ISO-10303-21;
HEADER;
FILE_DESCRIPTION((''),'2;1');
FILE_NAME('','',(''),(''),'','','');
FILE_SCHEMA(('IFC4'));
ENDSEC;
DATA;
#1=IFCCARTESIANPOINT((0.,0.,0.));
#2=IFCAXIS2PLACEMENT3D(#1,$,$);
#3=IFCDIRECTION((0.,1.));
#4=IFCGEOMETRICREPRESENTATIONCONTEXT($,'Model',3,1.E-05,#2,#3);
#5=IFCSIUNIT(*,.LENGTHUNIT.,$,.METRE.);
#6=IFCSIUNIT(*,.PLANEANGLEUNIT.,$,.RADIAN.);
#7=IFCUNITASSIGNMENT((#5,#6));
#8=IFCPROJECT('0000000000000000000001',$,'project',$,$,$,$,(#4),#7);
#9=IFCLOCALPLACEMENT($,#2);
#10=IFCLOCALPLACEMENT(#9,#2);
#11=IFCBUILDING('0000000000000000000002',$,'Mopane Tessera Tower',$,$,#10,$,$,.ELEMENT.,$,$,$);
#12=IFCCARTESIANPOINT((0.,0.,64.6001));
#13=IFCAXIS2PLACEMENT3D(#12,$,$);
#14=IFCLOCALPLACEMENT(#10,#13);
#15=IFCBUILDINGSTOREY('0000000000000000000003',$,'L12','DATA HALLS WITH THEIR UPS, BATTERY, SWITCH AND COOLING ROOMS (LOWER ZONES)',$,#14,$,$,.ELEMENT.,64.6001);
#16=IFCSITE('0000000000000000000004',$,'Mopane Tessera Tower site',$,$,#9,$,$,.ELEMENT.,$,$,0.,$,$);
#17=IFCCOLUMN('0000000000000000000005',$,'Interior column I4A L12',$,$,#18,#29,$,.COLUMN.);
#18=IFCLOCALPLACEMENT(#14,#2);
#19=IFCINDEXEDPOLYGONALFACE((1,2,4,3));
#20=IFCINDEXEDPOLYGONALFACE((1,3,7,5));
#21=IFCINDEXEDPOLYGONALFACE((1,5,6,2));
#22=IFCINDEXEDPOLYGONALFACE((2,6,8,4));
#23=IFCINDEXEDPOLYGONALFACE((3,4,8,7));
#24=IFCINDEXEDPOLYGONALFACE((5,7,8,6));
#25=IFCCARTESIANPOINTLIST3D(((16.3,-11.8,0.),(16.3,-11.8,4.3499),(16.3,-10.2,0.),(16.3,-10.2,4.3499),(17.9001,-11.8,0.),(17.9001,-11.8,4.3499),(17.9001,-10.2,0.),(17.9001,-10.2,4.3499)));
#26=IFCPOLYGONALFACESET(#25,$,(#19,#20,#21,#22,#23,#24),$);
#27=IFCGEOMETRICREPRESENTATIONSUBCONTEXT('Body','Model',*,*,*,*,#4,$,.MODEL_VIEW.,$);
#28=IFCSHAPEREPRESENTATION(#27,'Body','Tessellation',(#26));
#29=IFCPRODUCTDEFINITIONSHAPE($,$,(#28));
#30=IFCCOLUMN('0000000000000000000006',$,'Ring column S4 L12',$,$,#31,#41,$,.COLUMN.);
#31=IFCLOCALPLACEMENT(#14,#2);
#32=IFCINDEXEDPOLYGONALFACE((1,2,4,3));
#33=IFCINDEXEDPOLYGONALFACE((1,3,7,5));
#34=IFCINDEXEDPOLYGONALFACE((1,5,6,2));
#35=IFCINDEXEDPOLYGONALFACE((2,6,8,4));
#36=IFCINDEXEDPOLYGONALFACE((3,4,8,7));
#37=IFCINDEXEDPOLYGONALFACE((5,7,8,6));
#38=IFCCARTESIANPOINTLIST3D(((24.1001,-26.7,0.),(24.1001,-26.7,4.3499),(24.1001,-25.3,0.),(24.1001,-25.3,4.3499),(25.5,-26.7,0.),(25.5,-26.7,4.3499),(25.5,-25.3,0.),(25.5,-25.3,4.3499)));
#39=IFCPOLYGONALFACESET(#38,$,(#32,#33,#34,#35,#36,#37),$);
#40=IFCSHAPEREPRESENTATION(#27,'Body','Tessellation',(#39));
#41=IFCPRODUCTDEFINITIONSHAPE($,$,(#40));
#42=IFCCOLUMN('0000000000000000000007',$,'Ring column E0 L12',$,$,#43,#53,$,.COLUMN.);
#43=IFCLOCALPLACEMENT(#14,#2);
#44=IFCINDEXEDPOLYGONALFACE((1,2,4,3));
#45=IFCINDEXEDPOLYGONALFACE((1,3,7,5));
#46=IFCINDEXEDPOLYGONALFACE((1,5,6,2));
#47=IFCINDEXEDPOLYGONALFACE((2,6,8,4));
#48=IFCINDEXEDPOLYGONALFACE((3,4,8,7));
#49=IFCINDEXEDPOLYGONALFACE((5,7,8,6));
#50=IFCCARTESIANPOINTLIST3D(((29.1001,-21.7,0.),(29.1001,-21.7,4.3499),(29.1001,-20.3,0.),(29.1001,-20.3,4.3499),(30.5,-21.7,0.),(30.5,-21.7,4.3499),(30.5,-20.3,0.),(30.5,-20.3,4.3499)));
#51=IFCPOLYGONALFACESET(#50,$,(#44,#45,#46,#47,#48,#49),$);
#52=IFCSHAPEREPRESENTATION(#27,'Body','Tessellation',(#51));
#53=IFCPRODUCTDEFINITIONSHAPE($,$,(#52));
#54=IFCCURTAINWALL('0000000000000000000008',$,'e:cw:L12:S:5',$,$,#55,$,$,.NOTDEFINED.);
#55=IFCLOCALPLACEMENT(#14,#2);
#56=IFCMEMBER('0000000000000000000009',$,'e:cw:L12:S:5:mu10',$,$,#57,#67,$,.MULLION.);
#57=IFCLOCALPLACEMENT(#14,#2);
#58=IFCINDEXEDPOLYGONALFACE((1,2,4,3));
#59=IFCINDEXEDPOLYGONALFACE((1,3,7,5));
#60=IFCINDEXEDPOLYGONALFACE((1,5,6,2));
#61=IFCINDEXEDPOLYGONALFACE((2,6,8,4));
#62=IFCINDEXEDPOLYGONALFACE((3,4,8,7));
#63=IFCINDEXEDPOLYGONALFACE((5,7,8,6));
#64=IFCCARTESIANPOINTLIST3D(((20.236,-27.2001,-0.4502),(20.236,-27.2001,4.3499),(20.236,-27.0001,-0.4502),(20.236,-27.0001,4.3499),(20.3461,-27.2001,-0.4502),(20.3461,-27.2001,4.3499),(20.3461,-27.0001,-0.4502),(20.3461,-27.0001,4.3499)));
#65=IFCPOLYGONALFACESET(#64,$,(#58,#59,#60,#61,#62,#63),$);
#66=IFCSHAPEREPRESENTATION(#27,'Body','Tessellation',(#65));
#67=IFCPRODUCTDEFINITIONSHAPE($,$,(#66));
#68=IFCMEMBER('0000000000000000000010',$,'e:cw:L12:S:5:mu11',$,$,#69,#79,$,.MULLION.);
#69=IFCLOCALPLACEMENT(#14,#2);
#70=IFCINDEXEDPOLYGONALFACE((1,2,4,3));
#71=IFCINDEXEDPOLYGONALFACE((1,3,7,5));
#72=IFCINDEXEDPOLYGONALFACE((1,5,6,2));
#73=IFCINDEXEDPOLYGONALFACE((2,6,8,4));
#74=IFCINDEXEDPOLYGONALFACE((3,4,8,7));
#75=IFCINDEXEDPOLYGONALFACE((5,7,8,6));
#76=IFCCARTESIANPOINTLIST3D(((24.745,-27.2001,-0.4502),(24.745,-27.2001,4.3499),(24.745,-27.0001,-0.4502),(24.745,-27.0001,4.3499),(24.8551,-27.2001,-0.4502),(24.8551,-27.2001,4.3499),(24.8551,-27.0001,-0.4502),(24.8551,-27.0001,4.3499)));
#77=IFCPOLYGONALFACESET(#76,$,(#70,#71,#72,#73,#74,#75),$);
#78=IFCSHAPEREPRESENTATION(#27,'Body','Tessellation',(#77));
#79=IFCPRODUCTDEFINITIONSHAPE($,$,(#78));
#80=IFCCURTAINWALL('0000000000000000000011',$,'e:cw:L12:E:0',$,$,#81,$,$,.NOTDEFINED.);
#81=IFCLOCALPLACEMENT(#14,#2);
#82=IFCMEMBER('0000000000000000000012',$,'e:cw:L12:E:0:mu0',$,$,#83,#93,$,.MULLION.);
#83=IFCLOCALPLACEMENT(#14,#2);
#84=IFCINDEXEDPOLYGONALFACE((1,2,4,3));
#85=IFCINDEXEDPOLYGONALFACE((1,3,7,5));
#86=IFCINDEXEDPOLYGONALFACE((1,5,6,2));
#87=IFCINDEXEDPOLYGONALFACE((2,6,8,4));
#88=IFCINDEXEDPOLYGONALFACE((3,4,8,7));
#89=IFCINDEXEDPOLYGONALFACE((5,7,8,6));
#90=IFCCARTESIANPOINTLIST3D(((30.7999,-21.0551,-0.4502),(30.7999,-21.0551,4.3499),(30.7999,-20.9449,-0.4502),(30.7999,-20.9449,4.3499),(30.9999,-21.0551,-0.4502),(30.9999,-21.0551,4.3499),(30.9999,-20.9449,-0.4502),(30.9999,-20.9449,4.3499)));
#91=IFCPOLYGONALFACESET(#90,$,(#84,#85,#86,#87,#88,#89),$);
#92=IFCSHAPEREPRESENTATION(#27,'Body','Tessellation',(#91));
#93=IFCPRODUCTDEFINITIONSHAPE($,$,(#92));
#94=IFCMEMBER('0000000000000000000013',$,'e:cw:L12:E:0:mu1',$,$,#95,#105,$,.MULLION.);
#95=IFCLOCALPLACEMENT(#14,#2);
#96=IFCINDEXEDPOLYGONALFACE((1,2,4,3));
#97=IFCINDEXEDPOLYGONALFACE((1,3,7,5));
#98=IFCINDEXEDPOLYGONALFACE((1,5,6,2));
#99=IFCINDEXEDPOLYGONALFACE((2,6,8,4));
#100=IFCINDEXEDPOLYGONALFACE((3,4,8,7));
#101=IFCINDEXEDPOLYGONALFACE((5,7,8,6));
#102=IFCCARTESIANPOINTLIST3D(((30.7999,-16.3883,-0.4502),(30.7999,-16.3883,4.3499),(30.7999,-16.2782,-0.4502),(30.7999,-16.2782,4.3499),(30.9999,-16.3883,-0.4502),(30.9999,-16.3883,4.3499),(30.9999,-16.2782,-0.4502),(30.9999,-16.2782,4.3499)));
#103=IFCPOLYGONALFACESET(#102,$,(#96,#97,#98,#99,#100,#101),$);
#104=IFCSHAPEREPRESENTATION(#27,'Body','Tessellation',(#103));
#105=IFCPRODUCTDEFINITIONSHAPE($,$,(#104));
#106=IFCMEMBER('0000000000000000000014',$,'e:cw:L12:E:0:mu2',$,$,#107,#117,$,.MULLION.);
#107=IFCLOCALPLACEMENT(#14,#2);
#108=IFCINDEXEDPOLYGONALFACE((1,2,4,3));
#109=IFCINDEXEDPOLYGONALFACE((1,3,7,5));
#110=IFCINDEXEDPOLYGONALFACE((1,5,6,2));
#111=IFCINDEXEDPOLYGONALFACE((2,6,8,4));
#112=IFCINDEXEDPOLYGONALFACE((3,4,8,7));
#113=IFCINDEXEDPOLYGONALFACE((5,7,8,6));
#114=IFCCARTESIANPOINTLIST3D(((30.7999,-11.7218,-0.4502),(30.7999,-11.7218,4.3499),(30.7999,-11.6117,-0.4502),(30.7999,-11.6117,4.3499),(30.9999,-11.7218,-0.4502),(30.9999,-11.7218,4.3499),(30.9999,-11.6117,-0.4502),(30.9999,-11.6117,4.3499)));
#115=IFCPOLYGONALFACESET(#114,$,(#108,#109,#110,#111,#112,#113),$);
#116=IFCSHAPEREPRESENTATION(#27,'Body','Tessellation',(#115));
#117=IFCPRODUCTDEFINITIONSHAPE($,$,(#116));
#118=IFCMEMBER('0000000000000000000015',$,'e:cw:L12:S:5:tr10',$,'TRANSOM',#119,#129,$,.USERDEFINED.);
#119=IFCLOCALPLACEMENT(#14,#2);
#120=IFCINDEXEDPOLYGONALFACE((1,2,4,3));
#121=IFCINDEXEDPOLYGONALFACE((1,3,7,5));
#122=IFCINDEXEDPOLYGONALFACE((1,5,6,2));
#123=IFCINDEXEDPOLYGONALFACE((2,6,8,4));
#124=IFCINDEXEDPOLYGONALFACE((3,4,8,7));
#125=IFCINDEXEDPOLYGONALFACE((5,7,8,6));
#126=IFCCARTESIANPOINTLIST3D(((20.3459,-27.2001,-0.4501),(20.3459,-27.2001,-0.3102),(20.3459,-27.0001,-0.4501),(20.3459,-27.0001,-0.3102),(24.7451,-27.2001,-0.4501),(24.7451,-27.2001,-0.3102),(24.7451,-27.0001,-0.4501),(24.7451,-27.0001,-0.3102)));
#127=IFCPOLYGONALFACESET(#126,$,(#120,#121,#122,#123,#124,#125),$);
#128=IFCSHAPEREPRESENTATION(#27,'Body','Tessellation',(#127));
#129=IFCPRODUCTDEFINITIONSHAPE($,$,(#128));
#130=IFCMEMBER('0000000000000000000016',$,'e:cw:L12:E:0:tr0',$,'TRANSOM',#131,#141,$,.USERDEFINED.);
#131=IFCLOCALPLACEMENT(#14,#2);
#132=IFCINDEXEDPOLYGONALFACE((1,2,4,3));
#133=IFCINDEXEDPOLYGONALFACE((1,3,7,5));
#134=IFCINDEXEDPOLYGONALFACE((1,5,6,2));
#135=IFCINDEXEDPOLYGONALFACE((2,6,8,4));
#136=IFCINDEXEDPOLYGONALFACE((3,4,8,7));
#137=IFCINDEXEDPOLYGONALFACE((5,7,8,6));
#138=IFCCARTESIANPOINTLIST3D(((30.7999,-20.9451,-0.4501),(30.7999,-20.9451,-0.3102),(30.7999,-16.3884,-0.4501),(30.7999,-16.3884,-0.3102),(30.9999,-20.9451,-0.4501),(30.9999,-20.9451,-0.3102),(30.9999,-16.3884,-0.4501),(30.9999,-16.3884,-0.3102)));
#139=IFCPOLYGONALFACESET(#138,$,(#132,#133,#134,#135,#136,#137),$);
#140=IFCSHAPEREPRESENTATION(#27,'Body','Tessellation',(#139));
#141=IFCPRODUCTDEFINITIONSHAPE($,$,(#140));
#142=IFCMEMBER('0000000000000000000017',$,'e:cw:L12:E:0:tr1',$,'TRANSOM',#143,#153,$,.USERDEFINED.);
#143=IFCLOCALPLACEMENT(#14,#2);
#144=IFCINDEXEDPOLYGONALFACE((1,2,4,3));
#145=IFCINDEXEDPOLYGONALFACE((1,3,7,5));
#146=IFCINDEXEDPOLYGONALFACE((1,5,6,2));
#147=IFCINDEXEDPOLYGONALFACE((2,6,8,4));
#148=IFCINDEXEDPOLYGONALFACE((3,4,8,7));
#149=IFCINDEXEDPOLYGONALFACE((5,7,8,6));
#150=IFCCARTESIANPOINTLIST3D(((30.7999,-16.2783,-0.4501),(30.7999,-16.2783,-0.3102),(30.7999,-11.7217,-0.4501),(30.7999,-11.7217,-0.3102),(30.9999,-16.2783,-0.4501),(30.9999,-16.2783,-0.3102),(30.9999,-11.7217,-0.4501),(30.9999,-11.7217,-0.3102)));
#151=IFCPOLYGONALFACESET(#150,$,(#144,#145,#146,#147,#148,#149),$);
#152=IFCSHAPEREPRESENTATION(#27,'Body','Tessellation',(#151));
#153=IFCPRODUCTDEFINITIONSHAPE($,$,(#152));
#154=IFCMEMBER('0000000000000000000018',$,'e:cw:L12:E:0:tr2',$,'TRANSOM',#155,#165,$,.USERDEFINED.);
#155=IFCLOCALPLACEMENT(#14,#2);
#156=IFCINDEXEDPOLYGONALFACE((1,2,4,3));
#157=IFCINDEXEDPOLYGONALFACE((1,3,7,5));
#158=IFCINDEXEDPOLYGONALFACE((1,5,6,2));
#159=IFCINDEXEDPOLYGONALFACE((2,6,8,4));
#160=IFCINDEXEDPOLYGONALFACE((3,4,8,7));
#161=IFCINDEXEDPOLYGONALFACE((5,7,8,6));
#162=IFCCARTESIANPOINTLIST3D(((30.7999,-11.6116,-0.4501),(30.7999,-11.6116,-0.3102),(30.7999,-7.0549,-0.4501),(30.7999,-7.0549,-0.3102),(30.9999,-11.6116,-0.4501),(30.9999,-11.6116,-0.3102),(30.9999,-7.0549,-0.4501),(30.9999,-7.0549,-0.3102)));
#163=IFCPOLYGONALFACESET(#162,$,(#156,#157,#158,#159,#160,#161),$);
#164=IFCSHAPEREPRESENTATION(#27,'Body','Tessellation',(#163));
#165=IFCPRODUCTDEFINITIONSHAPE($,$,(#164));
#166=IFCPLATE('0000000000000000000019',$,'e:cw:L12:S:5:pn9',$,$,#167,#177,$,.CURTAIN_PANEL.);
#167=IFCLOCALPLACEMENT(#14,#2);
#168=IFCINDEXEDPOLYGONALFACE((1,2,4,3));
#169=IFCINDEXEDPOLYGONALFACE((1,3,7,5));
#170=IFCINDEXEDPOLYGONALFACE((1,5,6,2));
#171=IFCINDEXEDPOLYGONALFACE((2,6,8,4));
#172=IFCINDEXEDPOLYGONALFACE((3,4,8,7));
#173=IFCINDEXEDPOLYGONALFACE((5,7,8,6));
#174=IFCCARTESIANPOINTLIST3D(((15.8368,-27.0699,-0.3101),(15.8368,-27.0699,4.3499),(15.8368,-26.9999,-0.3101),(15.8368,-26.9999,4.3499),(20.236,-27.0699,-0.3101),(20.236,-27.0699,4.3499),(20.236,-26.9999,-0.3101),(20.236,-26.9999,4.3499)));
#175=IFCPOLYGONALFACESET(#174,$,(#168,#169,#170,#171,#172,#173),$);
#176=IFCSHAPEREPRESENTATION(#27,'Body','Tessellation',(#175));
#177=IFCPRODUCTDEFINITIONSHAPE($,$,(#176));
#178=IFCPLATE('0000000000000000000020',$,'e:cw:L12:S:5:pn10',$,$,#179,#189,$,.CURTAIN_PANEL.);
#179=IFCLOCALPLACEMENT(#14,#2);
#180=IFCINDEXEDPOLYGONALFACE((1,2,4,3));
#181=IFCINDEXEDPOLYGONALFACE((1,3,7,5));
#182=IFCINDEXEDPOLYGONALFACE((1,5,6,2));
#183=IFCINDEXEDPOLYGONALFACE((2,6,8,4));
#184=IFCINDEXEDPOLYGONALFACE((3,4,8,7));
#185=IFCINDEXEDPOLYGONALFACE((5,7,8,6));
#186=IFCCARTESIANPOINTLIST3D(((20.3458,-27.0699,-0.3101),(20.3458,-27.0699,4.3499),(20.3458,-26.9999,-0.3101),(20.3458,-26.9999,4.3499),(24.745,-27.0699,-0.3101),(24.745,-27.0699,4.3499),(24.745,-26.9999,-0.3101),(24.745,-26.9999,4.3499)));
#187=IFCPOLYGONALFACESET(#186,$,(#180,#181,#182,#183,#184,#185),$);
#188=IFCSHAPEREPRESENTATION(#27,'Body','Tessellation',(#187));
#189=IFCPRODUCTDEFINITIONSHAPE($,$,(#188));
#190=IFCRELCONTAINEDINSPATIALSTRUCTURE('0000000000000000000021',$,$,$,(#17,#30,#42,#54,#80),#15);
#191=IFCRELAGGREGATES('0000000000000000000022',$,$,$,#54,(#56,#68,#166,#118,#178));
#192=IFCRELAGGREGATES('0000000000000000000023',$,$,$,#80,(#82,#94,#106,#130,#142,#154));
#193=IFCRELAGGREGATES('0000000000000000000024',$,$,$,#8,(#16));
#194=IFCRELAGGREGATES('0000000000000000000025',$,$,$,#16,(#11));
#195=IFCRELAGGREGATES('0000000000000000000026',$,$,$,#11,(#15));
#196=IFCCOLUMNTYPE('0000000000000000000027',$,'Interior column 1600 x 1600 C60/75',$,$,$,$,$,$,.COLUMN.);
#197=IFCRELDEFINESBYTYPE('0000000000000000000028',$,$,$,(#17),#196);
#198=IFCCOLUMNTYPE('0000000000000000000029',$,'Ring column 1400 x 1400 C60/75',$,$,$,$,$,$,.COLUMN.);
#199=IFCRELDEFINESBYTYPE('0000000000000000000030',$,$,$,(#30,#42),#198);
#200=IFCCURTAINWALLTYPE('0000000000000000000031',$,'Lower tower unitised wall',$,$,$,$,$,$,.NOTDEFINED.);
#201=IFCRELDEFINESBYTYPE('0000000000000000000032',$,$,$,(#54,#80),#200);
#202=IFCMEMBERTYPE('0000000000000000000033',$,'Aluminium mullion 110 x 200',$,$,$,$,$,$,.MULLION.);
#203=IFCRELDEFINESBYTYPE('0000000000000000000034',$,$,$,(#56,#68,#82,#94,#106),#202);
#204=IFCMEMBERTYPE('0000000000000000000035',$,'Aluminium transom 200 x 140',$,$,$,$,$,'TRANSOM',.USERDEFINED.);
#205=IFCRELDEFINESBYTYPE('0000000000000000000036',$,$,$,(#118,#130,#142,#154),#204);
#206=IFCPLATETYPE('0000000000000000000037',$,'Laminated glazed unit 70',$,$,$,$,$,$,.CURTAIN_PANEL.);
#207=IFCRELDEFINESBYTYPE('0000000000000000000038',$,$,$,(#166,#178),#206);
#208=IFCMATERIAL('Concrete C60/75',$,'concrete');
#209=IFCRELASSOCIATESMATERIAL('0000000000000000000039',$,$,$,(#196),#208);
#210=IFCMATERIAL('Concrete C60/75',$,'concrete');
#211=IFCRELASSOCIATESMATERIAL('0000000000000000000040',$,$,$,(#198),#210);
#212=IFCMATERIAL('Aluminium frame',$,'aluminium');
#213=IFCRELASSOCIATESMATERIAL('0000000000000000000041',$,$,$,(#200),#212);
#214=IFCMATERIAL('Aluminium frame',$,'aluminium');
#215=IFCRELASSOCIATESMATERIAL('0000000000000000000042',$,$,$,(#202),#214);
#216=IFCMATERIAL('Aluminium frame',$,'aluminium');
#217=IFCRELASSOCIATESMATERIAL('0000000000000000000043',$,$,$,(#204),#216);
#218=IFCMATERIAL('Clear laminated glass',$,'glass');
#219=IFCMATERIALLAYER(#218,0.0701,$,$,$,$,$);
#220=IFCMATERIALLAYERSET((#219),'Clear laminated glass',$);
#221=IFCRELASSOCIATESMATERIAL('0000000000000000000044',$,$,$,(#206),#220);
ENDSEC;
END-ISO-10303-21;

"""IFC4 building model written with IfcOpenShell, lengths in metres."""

from ifc_helpers import new_model, si_unit, direction, frame, origin, origin_2d, place, context, subcontext, project, spatial, rectangle, extrude, material, layer, layer_set, material_profile, profile_set, type_object, element, aggregate, save


model = new_model("IFC4")

# Units and contexts
model_context = context("Model", 3, precision=1e-05, world=origin(), true_north=direction((0.0, 1.0)))
body_context = subcontext(model_context, "Body", "Model", "MODEL_VIEW")
ifc_project = project(units=[si_unit("LENGTHUNIT", "METRE"), si_unit("PLANEANGLEUNIT", "RADIAN")], contexts=[model_context])

# Site, building, storey
site_placement = place(None, origin())
site = spatial("IfcSite", under=ifc_project, at=site_placement, Name="Mopane Tessera Tower site", CompositionType="ELEMENT", RefElevation=0.0)
building_placement = place(site_placement, origin())
building = spatial("IfcBuilding", under=site, at=building_placement, Name="Mopane Tessera Tower", CompositionType="ELEMENT")
storey_placement = place(building_placement, frame((0.0, 0.0, 64.6001)))
storey = spatial("IfcBuildingStorey", under=building, at=storey_placement, Name="L12", Description="DATA HALLS WITH THEIR UPS, BATTERY, SWITCH AND COOLING ROOMS (LOWER ZONES)", CompositionType="ELEMENT", Elevation=64.6001)

# Columns
ifc_material_1 = material(Name="Concrete C60/75", Category="concrete")
ifc_material_profile_1 = material_profile(ifc_material_1, rectangle(XDim=1.6001, YDim=1.6001, at=origin_2d()))
ifc_profile_set_1 = profile_set([ifc_material_profile_1], Name="Concrete C60/75")
column_type_1 = type_object("IfcColumnType", Name="Interior column 1600 x 1600 C60/75", PredefinedType="COLUMN", material=ifc_profile_set_1)
column_placement = place(storey_placement, frame((17.1001, -11.0, 0.0), z_axis=(0.0, 0.0, 1.0), x_axis=(1.0, 0.0, 0.0)))
element("IfcColumn", 1, at=column_placement, inside=storey, type_object=column_type_1, Name="Interior column I4A L12", PredefinedType="COLUMN", context=body_context, shape_type="SweptSolid", body=[
    extrude(rectangle(XDim=1.6001, YDim=1.6001, at=origin_2d()), origin(), (0.0, 0.0, 1.0), 4.3499),
])
ifc_material_2 = material(Name="Concrete C60/75", Category="concrete")
ifc_material_profile_2 = material_profile(ifc_material_2, rectangle(XDim=1.3999, YDim=1.3999, at=origin_2d()))
ifc_profile_set_2 = profile_set([ifc_material_profile_2], Name="Concrete C60/75")
column_type_2 = type_object("IfcColumnType", Name="Ring column 1400 x 1400 C60/75", PredefinedType="COLUMN", material=ifc_profile_set_2)
for number, where, z_axis, x_axis, name in (
    (2, (24.8, -26.0, 0.0), (0.0, 0.0, 1.0), (1.0, 0.0, 0.0), "Ring column S4 L12"),
    (3, (29.8, -21.0, 0.0), (0.0, 0.0, 1.0), (1.0, 0.0, 0.0), "Ring column E0 L12"),
):
    element("IfcColumn", number, at=place(storey_placement, frame(where, z_axis=z_axis, x_axis=x_axis)), inside=storey, type_object=column_type_2, Name=name, PredefinedType="COLUMN", context=body_context, shape_type="SweptSolid", body=[
        extrude(rectangle(XDim=1.3999, YDim=1.3999, at=origin_2d()), origin(), (0.0, 0.0, 1.0), 4.3499),
    ])

# Curtain walls, members
ifc_material_3 = material(Name="Aluminium frame", Category="aluminium")
curtain_wall_type = type_object("IfcCurtainWallType", Name="Lower tower unitised wall", PredefinedType="NOTDEFINED", material=ifc_material_3)
curtain_wall_1_placement = place(storey_placement, origin())
curtain_wall_1 = element("IfcCurtainWall", 4, at=curtain_wall_1_placement, inside=storey, type_object=curtain_wall_type, Name="e:cw:L12:S:5", PredefinedType="NOTDEFINED")
ifc_material_4 = material(Name="Aluminium frame", Category="aluminium")
ifc_material_profile_3 = material_profile(ifc_material_4, rectangle(XDim=0.1101, YDim=0.2, at=origin_2d()))
ifc_profile_set_3 = profile_set([ifc_material_profile_3], Name="Aluminium frame")
member_type_1 = type_object("IfcMemberType", Name="Aluminium mullion 110 x 200", PredefinedType="MULLION", material=ifc_profile_set_3)
member_1_placement = place(storey_placement, frame((20.291, -27.1001, -0.4502), z_axis=(0.0, 0.0, 1.0), x_axis=(1.0, 0.0, 0.0)))
member_1 = element("IfcMember", 5, at=member_1_placement, type_object=member_type_1, Name="e:cw:L12:S:5:mu10", PredefinedType="MULLION", context=body_context, shape_type="SweptSolid", body=[
    extrude(rectangle(XDim=0.1101, YDim=0.2, at=origin_2d()), origin(), (0.0, 0.0, 1.0), 4.8),
])
member_2_placement = place(storey_placement, frame((24.8, -27.1001, -0.4502), z_axis=(0.0, 0.0, 1.0), x_axis=(1.0, 0.0, 0.0)))
member_2 = element("IfcMember", 6, at=member_2_placement, type_object=member_type_1, Name="e:cw:L12:S:5:mu11", PredefinedType="MULLION", context=body_context, shape_type="SweptSolid", body=[
    extrude(rectangle(XDim=0.1101, YDim=0.2, at=origin_2d()), origin(), (0.0, 0.0, 1.0), 4.8),
])
curtain_wall_2_placement = place(storey_placement, origin())
curtain_wall_2 = element("IfcCurtainWall", 7, at=curtain_wall_2_placement, inside=storey, type_object=curtain_wall_type, Name="e:cw:L12:E:0", PredefinedType="NOTDEFINED")
member_3_placement = place(storey_placement, frame((30.8999, -21.0, -0.4502), z_axis=(0.0, 0.0, 1.0), x_axis=(0.0, 1.0, 0.0)))
member_3 = element("IfcMember", 8, at=member_3_placement, type_object=member_type_1, Name="e:cw:L12:E:0:mu0", PredefinedType="MULLION", context=body_context, shape_type="SweptSolid", body=[
    extrude(rectangle(XDim=0.1101, YDim=0.2, at=origin_2d()), origin(), (0.0, 0.0, 1.0), 4.8),
])
member_4_placement = place(storey_placement, frame((30.8999, -16.3333, -0.4502), z_axis=(0.0, 0.0, 1.0), x_axis=(0.0, 1.0, 0.0)))
member_4 = element("IfcMember", 9, at=member_4_placement, type_object=member_type_1, Name="e:cw:L12:E:0:mu1", PredefinedType="MULLION", context=body_context, shape_type="SweptSolid", body=[
    extrude(rectangle(XDim=0.1101, YDim=0.2, at=origin_2d()), origin(), (0.0, 0.0, 1.0), 4.8),
])
member_5_placement = place(storey_placement, frame((30.8999, -11.6667, -0.4502), z_axis=(0.0, 0.0, 1.0), x_axis=(0.0, 1.0, 0.0)))
member_5 = element("IfcMember", 10, at=member_5_placement, type_object=member_type_1, Name="e:cw:L12:E:0:mu2", PredefinedType="MULLION", context=body_context, shape_type="SweptSolid", body=[
    extrude(rectangle(XDim=0.1101, YDim=0.2, at=origin_2d()), origin(), (0.0, 0.0, 1.0), 4.8),
])

# Members
ifc_material_5 = material(Name="Aluminium frame", Category="aluminium")
ifc_material_profile_4 = material_profile(ifc_material_5, rectangle(XDim=0.2, YDim=0.1399, at=origin_2d()))
ifc_profile_set_4 = profile_set([ifc_material_profile_4], Name="Aluminium frame")
member_type_2 = type_object("IfcMemberType", Name="Aluminium transom 200 x 140", ElementType="TRANSOM", PredefinedType="USERDEFINED", material=ifc_profile_set_4)
member_6_placement = place(storey_placement, frame((20.3459, -27.1001, -0.3801), z_axis=(1.0, 0.0, 0.0), x_axis=(0.0, 1.0, 0.0)))
member_6 = element("IfcMember", 11, at=member_6_placement, type_object=member_type_2, Name="e:cw:L12:S:5:tr10", ObjectType="TRANSOM", PredefinedType="USERDEFINED", context=body_context, shape_type="SweptSolid", body=[
    extrude(rectangle(XDim=0.2, YDim=0.1399, at=origin_2d()), origin(), (0.0, 0.0, 1.0), 4.3992),
])
member_7_placement = place(storey_placement, frame((30.8999, -20.9451, -0.3801), z_axis=(0.0, 1.0, 0.0), x_axis=(-1.0, 0.0, 0.0)))
member_7 = element("IfcMember", 12, at=member_7_placement, type_object=member_type_2, Name="e:cw:L12:E:0:tr0", ObjectType="TRANSOM", PredefinedType="USERDEFINED", context=body_context, shape_type="SweptSolid", body=[
    extrude(rectangle(XDim=0.2, YDim=0.1399, at=origin_2d()), origin(), (0.0, 0.0, 1.0), 4.5566),
])
member_8_placement = place(storey_placement, frame((30.8999, -16.2783, -0.3801), z_axis=(0.0, 1.0, 0.0), x_axis=(-1.0, 0.0, 0.0)))
member_8 = element("IfcMember", 13, at=member_8_placement, type_object=member_type_2, Name="e:cw:L12:E:0:tr1", ObjectType="TRANSOM", PredefinedType="USERDEFINED", context=body_context, shape_type="SweptSolid", body=[
    extrude(rectangle(XDim=0.2, YDim=0.1399, at=origin_2d()), origin(), (0.0, 0.0, 1.0), 4.5566),
])
member_9_placement = place(storey_placement, frame((30.8999, -11.6116, -0.3801), z_axis=(0.0, 1.0, 0.0), x_axis=(-1.0, 0.0, 0.0)))
member_9 = element("IfcMember", 14, at=member_9_placement, type_object=member_type_2, Name="e:cw:L12:E:0:tr2", ObjectType="TRANSOM", PredefinedType="USERDEFINED", context=body_context, shape_type="SweptSolid", body=[
    extrude(rectangle(XDim=0.2, YDim=0.1399, at=origin_2d()), origin(), (0.0, 0.0, 1.0), 4.5566),
])

# Plates
ifc_material_6 = material(Name="Clear laminated glass", Category="glass")
ifc_layer_1 = layer(ifc_material_6, 0.0701)
ifc_layer_set_1 = layer_set([ifc_layer_1], Name="Clear laminated glass")
plate_type = type_object("IfcPlateType", Name="Laminated glazed unit 70", PredefinedType="CURTAIN_PANEL", material=ifc_layer_set_1)
plate_1_placement = place(storey_placement, frame((18.0364, -27.0349, -0.3101), z_axis=(0.0, 0.0, 1.0), x_axis=(1.0, 0.0, 0.0)))
plate_1 = element("IfcPlate", 15, at=plate_1_placement, type_object=plate_type, Name="e:cw:L12:S:5:pn9", PredefinedType="CURTAIN_PANEL", context=body_context, shape_type="SweptSolid", body=[
    extrude(rectangle(XDim=4.3992, YDim=0.0701, at=origin_2d()), origin(), (0.0, 0.0, 1.0), 4.6599),
])
plate_2_placement = place(storey_placement, frame((22.5454, -27.0349, -0.3101), z_axis=(0.0, 0.0, 1.0), x_axis=(1.0, 0.0, 0.0)))
plate_2 = element("IfcPlate", 16, at=plate_2_placement, type_object=plate_type, Name="e:cw:L12:S:5:pn10", PredefinedType="CURTAIN_PANEL", context=body_context, shape_type="SweptSolid", body=[
    extrude(rectangle(XDim=4.3992, YDim=0.0701, at=origin_2d()), origin(), (0.0, 0.0, 1.0), 4.6599),
])
aggregate(curtain_wall_1, [member_1, member_2, plate_1, member_6, plate_2])
aggregate(curtain_wall_2, [member_3, member_4, member_5, member_7, member_8, member_9])

save(model, "model.ifc")
